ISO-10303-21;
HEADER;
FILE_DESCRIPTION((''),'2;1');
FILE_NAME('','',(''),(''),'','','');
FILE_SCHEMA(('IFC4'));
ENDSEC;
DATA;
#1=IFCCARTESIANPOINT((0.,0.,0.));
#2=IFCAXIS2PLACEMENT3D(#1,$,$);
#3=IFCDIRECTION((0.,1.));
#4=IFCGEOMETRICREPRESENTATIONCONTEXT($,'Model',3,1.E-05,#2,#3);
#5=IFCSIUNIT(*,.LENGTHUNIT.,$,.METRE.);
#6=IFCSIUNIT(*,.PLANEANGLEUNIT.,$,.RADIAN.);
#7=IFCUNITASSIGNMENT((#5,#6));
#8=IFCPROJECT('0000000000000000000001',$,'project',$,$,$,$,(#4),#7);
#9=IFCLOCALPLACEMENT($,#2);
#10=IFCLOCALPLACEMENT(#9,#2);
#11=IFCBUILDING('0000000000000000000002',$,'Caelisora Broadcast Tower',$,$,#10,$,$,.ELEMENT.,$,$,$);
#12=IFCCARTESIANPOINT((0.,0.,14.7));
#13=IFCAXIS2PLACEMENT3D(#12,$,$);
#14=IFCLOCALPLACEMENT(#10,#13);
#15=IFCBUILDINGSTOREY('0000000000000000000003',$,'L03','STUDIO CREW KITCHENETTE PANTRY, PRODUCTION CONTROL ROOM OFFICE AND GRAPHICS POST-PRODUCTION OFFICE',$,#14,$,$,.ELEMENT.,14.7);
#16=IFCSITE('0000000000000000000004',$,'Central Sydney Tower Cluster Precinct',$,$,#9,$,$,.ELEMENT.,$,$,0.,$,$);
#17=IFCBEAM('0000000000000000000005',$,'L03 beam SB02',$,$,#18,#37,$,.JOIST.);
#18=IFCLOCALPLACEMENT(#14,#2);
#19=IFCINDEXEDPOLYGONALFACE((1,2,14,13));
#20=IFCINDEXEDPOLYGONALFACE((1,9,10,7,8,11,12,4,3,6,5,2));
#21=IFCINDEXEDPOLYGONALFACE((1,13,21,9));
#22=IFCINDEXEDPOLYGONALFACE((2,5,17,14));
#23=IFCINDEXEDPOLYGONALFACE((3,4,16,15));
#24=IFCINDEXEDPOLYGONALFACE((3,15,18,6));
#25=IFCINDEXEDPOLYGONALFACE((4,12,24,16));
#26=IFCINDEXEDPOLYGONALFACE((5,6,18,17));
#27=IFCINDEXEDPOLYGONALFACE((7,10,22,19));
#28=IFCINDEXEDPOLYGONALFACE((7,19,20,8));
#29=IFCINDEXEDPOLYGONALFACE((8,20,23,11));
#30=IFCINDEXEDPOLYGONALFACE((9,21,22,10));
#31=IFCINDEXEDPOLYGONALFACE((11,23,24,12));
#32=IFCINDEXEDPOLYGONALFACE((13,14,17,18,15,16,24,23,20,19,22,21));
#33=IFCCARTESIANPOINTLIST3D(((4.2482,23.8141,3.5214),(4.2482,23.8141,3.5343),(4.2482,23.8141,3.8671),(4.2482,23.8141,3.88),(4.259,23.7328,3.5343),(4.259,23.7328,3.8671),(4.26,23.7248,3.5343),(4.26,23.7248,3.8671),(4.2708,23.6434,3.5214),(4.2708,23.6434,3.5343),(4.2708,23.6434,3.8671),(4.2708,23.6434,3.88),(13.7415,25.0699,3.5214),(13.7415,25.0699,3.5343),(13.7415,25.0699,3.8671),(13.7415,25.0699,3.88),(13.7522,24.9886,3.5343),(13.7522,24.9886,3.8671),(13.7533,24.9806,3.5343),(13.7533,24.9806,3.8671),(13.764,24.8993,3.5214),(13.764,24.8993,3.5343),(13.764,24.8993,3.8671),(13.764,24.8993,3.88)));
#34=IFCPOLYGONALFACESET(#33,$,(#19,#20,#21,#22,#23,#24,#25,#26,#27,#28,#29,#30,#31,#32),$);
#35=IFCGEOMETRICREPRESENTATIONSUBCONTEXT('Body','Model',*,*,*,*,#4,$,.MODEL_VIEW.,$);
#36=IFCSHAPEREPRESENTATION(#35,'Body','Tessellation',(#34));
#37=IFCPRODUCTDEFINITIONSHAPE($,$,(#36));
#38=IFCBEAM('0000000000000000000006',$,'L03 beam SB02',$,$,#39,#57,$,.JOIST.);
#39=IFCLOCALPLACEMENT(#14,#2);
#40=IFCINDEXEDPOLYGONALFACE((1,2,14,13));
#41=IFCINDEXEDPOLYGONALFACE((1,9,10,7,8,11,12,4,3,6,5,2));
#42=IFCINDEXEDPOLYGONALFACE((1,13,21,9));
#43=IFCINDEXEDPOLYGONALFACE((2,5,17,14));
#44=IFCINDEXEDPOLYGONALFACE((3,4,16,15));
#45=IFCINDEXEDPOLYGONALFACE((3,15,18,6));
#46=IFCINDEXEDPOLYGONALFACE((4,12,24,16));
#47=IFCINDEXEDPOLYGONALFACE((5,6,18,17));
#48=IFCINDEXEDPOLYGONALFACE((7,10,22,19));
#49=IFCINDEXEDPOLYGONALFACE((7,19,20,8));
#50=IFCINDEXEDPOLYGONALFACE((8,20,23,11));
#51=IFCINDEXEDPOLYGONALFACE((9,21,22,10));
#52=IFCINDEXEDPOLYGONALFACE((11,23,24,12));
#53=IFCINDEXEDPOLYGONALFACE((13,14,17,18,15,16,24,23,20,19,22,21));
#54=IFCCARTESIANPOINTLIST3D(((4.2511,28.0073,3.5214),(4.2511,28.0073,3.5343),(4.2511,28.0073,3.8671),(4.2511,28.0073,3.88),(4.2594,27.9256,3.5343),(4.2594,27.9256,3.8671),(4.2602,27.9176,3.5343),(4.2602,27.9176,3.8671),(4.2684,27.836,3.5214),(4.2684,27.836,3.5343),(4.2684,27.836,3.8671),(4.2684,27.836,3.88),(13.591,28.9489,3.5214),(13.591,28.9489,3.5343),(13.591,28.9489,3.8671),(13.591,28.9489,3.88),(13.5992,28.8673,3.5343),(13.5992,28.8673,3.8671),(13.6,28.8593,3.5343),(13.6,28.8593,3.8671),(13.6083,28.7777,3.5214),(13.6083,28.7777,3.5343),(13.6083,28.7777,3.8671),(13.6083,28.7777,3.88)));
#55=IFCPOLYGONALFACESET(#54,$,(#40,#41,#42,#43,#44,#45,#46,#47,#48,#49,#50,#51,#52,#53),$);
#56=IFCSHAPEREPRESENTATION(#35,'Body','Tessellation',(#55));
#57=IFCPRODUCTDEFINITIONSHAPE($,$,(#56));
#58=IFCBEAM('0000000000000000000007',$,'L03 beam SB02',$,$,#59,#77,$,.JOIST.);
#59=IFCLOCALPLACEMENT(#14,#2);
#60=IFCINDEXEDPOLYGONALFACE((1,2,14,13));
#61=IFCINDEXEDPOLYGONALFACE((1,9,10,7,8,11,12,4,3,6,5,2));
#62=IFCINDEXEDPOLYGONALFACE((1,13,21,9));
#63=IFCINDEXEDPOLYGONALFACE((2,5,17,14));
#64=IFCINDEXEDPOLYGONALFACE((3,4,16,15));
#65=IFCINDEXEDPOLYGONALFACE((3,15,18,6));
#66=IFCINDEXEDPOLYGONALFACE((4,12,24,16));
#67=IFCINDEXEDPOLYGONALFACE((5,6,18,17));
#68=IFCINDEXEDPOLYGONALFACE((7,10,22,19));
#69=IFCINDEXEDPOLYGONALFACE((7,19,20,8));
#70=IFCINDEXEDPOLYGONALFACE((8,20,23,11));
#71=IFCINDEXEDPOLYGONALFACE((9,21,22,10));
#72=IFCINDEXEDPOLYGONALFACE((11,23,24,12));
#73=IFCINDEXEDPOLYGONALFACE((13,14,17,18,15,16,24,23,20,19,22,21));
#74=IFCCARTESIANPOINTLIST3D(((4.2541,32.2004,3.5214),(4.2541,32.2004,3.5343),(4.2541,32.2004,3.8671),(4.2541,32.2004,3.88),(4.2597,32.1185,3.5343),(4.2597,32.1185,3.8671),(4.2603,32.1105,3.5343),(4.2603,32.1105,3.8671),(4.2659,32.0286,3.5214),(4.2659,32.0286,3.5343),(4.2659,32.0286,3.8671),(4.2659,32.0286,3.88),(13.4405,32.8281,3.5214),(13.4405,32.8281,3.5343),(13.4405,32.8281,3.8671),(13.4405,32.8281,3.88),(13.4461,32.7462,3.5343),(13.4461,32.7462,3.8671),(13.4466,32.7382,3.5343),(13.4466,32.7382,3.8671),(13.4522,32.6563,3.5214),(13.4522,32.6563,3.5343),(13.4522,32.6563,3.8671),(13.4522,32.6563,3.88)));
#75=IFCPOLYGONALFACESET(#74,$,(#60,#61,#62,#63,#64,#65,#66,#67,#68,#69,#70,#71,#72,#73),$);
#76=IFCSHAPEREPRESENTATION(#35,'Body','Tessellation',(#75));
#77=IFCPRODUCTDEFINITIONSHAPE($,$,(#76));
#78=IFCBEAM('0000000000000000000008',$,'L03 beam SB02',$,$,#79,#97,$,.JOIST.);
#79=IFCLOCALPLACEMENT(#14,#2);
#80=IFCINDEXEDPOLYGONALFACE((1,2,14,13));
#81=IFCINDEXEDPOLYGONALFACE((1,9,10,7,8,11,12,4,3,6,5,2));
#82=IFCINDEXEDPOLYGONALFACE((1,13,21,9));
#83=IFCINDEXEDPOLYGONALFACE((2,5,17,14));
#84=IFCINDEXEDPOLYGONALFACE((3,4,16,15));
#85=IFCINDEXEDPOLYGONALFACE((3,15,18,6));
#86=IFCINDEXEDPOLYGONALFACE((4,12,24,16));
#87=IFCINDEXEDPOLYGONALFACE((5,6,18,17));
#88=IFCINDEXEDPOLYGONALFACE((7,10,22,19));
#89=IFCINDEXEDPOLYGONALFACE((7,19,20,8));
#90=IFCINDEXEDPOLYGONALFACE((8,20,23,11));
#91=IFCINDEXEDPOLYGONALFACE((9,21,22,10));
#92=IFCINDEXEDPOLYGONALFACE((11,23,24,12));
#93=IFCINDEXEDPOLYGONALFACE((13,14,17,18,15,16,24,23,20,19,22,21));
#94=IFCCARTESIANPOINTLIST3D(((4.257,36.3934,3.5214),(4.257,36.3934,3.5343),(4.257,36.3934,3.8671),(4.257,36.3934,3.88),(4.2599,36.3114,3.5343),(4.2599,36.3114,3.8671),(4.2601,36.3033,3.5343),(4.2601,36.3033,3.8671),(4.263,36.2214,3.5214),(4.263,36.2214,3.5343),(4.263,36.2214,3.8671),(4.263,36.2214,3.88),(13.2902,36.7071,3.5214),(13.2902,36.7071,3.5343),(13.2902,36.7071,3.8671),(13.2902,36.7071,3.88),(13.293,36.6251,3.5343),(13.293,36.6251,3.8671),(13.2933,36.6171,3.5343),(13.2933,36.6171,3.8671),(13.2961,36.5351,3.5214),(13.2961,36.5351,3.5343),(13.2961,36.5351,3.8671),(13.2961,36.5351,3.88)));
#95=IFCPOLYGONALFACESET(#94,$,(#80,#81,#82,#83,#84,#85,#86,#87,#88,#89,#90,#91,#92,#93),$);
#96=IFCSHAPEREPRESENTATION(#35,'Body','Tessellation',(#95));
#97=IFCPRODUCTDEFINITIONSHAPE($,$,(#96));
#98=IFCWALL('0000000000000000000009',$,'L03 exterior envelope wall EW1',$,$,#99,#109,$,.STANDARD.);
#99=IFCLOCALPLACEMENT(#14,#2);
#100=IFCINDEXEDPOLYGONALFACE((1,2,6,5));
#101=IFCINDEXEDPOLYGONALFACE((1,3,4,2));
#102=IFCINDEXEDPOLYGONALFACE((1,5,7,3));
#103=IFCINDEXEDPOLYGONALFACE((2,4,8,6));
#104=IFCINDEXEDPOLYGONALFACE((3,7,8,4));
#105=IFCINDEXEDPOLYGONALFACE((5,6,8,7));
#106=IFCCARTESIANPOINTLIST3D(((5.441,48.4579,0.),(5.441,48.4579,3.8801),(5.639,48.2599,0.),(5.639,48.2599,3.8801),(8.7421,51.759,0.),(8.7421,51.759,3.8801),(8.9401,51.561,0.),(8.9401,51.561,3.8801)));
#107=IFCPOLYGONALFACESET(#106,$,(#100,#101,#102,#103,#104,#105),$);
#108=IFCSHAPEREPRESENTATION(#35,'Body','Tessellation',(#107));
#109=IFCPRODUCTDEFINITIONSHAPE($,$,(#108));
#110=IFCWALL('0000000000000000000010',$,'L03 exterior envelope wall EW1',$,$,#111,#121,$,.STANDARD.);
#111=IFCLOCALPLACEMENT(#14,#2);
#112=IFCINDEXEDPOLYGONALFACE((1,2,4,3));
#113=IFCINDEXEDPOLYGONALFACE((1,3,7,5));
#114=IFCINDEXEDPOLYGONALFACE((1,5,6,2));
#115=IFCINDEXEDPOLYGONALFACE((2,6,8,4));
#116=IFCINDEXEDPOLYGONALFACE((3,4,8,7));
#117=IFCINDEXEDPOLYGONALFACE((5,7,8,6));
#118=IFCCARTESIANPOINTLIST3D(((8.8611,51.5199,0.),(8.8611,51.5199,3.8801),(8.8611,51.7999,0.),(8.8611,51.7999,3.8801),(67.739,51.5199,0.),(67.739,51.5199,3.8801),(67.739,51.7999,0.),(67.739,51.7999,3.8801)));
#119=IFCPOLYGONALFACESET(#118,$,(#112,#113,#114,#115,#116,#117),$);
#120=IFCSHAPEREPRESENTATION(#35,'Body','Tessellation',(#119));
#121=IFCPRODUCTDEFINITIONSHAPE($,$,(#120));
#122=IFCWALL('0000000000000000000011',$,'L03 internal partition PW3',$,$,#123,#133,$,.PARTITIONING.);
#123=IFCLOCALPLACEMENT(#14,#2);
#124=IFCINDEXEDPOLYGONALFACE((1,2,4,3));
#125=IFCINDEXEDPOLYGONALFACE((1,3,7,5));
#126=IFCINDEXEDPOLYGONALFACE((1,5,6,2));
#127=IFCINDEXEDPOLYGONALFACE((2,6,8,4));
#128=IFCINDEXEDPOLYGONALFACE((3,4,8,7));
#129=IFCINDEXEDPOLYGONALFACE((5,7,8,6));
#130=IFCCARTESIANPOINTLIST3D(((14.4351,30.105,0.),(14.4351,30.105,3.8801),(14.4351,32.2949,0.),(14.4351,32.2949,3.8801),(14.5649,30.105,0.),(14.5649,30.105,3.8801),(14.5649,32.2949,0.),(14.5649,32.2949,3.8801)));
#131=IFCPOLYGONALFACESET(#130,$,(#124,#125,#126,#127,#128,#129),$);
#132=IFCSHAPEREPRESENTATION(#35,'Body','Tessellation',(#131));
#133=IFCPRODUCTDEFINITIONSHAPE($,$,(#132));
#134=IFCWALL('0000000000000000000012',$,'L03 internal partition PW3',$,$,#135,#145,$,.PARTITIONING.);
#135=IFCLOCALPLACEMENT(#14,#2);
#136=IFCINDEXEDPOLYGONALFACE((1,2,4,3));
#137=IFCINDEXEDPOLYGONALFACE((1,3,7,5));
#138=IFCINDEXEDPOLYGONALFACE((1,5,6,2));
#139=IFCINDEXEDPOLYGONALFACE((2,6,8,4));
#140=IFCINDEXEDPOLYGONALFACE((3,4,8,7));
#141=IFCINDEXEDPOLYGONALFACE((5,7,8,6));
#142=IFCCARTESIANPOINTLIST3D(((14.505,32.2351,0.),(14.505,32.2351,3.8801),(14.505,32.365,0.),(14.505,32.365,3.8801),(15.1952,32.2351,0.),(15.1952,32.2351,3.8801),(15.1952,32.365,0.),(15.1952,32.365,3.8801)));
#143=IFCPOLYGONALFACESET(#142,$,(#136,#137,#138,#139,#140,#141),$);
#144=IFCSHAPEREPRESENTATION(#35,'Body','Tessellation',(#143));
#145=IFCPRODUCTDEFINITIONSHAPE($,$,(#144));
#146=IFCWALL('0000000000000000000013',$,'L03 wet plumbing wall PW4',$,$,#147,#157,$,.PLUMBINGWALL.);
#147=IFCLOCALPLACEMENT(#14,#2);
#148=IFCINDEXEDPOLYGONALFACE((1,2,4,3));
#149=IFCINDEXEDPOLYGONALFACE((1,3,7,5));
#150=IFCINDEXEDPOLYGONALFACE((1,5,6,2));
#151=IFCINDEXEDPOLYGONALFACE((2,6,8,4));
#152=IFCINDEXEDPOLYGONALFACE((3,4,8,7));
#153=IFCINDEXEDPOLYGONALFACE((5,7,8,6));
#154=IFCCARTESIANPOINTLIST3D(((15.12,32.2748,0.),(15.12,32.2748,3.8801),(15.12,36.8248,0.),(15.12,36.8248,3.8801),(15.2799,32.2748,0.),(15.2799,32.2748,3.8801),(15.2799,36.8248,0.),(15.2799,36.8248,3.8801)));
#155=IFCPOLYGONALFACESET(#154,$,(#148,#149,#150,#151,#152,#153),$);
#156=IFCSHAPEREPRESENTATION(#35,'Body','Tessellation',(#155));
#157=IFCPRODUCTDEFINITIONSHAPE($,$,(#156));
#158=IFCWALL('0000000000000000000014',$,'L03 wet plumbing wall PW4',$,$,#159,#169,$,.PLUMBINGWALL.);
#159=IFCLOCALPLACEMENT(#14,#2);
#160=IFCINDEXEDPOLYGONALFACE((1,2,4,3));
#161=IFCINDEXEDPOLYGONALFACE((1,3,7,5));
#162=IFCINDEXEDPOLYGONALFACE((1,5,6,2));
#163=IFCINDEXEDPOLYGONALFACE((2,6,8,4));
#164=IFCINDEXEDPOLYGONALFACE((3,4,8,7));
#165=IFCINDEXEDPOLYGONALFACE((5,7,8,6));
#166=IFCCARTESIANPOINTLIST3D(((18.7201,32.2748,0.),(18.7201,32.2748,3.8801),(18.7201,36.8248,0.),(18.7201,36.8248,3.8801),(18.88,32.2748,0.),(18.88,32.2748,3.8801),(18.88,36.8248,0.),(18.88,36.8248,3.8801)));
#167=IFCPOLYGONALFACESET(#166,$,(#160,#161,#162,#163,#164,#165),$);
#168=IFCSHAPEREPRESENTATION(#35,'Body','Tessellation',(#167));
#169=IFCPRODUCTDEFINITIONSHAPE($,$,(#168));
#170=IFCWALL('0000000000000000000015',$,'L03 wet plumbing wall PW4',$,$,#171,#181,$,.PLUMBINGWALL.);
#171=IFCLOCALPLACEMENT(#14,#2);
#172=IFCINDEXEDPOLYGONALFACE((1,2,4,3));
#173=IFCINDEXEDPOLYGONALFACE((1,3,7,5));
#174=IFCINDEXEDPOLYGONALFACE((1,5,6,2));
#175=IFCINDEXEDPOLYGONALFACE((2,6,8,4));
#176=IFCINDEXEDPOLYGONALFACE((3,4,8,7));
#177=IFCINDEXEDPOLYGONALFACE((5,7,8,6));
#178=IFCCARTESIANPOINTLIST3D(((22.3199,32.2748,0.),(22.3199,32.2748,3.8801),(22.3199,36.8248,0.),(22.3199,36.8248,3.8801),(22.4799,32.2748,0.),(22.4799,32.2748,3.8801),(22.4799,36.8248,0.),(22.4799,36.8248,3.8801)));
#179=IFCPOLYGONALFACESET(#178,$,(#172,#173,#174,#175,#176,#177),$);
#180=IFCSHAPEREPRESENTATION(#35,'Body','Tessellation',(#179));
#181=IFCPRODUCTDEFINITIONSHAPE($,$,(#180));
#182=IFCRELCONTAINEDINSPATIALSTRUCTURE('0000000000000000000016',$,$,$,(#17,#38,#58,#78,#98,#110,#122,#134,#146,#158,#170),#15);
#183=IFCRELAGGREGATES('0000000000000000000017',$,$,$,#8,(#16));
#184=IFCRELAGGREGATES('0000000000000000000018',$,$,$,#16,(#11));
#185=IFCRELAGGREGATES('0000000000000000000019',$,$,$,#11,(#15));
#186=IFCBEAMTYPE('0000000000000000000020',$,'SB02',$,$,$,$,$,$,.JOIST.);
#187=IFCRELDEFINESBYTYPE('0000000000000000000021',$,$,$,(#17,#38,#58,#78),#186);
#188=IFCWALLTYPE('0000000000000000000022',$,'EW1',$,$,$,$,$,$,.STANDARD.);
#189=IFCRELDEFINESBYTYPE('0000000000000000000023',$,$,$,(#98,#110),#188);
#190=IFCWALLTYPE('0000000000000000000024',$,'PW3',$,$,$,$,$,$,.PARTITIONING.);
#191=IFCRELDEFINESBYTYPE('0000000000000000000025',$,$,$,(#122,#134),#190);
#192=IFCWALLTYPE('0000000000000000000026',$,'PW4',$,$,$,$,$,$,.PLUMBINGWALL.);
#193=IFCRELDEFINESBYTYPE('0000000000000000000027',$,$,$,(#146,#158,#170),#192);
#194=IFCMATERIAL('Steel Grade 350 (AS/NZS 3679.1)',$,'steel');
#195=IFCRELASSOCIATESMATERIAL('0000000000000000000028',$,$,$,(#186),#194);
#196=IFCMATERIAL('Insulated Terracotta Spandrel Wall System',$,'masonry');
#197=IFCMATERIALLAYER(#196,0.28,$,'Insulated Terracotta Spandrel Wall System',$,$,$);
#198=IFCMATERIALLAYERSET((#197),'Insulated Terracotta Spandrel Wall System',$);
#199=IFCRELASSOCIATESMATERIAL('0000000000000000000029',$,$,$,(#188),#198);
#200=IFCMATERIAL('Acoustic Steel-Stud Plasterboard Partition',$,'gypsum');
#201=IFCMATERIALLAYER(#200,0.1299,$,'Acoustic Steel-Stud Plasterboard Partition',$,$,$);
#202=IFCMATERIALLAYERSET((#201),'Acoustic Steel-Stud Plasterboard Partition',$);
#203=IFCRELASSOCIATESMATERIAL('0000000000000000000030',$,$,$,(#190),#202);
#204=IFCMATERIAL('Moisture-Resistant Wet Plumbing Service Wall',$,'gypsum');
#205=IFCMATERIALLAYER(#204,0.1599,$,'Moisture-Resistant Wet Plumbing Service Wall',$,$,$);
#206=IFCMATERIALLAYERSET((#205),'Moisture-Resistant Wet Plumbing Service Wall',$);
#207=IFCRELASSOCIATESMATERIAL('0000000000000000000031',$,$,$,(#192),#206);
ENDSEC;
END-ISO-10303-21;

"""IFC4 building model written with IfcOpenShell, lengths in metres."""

from ifc_helpers import new_model, si_unit, direction, frame, frame_2d, origin, origin_2d, place, context, subcontext, project, spatial, rectangle, i_section, extrude, source, transform, mapped, material, layer, layer_set, material_profile, profile_set, type_object, type_shapes, element, save


model = new_model("IFC4")

# Units and contexts
model_context = context("Model", 3, precision=1e-05, world=origin(), true_north=direction((0.0, 1.0)))
body_context = subcontext(model_context, "Body", "Model", "MODEL_VIEW")
ifc_project = project(units=[si_unit("LENGTHUNIT", "METRE"), si_unit("PLANEANGLEUNIT", "RADIAN")], contexts=[model_context])

# Site, building, storey
site_placement = place(None, origin())
site = spatial("IfcSite", under=ifc_project, at=site_placement, Name="Central Sydney Tower Cluster Precinct", CompositionType="ELEMENT", RefElevation=0.0)
building_placement = place(site_placement, origin())
building = spatial("IfcBuilding", under=site, at=building_placement, Name="Caelisora Broadcast Tower", CompositionType="ELEMENT")
storey_placement = place(building_placement, frame((0.0, 0.0, 14.7)))
storey = spatial("IfcBuildingStorey", under=building, at=storey_placement, Name="L03", Description="STUDIO CREW KITCHENETTE PANTRY, PRODUCTION CONTROL ROOM OFFICE AND GRAPHICS POST-PRODUCTION OFFICE", CompositionType="ELEMENT", Elevation=14.7)

# Beams
ifc_material_1 = material(Name="Steel Grade 350 (AS/NZS 3679.1)", Category="steel")
ifc_material_profile_1 = material_profile(ifc_material_1, i_section(OverallWidth=0.1721, OverallDepth=0.3586, WebThickness=0.0081, FlangeThickness=0.0129, at=origin_2d()), Name="Steel Grade 350 (AS/NZS 3679.1)")
ifc_profile_set_1 = profile_set([ifc_material_profile_1], Name="Steel Grade 350 (AS/NZS 3679.1)")
beam_type_1 = type_object("IfcBeamType", Name="SB02", PredefinedType="JOIST", material=ifc_profile_set_1)
shared_shape_1 = source(origin(), body_context, "Body", "SweptSolid", [
    extrude(i_section(OverallWidth=0.1721, OverallDepth=0.3586, WebThickness=0.0081, FlangeThickness=0.0129, at=origin_2d()), origin(), (0.0, 0.0, 1.0), 9.5759),
])
beam_1_placement = place(storey_placement, frame((4.2595, 23.7288, 3.7007), z_axis=(0.991363, 0.131148, 0.0), x_axis=(-0.131148, 0.991363, 0.0)))
element("IfcBeam", 1, at=beam_1_placement, inside=storey, type_object=beam_type_1, Name="L03 beam SB02", PredefinedType="JOIST", context=body_context, shape_type="MappedRepresentation", body=[
    mapped(shared_shape_1, transform((0.0, 0.0, 0.0), scale=1.0)),
])
shared_shape_2 = source(origin(), body_context, "Body", "SweptSolid", [
    extrude(i_section(OverallWidth=0.1721, OverallDepth=0.3586, WebThickness=0.0081, FlangeThickness=0.0129, at=origin_2d()), origin(), (0.0, 0.0, 1.0), 9.3872),
])
beam_2_placement = place(storey_placement, frame((4.2598, 27.9216, 3.7007), z_axis=(0.994956, 0.100312, 0.0), x_axis=(-0.100312, 0.994956, 0.0)))
element("IfcBeam", 2, at=beam_2_placement, inside=storey, type_object=beam_type_1, Name="L03 beam SB02", PredefinedType="JOIST", context=body_context, shape_type="MappedRepresentation", body=[
    mapped(shared_shape_2, transform((0.0, 0.0, 0.0), scale=1.0)),
])
shared_shape_3 = source(origin(), body_context, "Body", "SweptSolid", [
    extrude(i_section(OverallWidth=0.1721, OverallDepth=0.3586, WebThickness=0.0081, FlangeThickness=0.0129, at=origin_2d()), origin(), (0.0, 0.0, 1.0), 9.2078),
])
beam_3_placement = place(storey_placement, frame((4.26, 32.1145, 3.7007), z_axis=(0.997674, 0.06817, 0.0), x_axis=(-0.06817, 0.997674, 0.0)))
element("IfcBeam", 3, at=beam_3_placement, inside=storey, type_object=beam_type_1, Name="L03 beam SB02", PredefinedType="JOIST", context=body_context, shape_type="MappedRepresentation", body=[
    mapped(shared_shape_3, transform((0.0, 0.0, 0.0), scale=1.0)),
])
shared_shape_4 = source(origin(), body_context, "Body", "SweptSolid", [
    extrude(i_section(OverallWidth=0.1721, OverallDepth=0.3586, WebThickness=0.0081, FlangeThickness=0.0129, at=origin_2d()), origin(), (0.0, 0.0, 1.0), 9.0386),
])
type_shapes(beam_type_1, [shared_shape_1, shared_shape_2, shared_shape_3, shared_shape_4])
beam_4_placement = place(storey_placement, frame((4.26, 36.3074, 3.7007), z_axis=(0.999397, 0.034709, 0.0), x_axis=(-0.034709, 0.999397, 0.0)))
element("IfcBeam", 4, at=beam_4_placement, inside=storey, type_object=beam_type_1, Name="L03 beam SB02", PredefinedType="JOIST", context=body_context, shape_type="MappedRepresentation", body=[
    mapped(shared_shape_4, transform((0.0, 0.0, 0.0), scale=1.0)),
])

# Walls
ifc_material_2 = material(Name="Insulated Terracotta Spandrel Wall System", Category="masonry")
ifc_layer_1 = layer(ifc_material_2, 0.28, Name="Insulated Terracotta Spandrel Wall System")
ifc_layer_set_1 = layer_set([ifc_layer_1], Name="Insulated Terracotta Spandrel Wall System")
wall_type_1 = type_object("IfcWallType", Name="EW1", PredefinedType="STANDARD", material=ifc_layer_set_1)
wall_1_placement = place(storey_placement, frame((5.54, 48.3589, 0.0), z_axis=(0.0, 0.0, 1.0), x_axis=(0.707107, 0.707107, 0.0)))
element("IfcWall", 5, at=wall_1_placement, inside=storey, type_object=wall_type_1, Name="L03 exterior envelope wall EW1", PredefinedType="STANDARD", context=body_context, shape_type="SweptSolid", body=[
    extrude(rectangle(XDim=4.6685, YDim=0.28, at=frame_2d((2.3342, 0.0))), origin(), (0.0, 0.0, 1.0), 3.8801),
])
wall_2_placement = place(storey_placement, frame((8.8611, 51.6599, 0.0), z_axis=(0.0, 0.0, 1.0), x_axis=(1.0, 0.0, 0.0)))
element("IfcWall", 6, at=wall_2_placement, inside=storey, type_object=wall_type_1, Name="L03 exterior envelope wall EW1", PredefinedType="STANDARD", context=body_context, shape_type="SweptSolid", body=[
    extrude(rectangle(XDim=58.8779, YDim=0.28, at=frame_2d((29.439, 0.0))), origin(), (0.0, 0.0, 1.0), 3.8801),
])
ifc_material_3 = material(Name="Acoustic Steel-Stud Plasterboard Partition", Category="gypsum")
ifc_layer_2 = layer(ifc_material_3, 0.1299, Name="Acoustic Steel-Stud Plasterboard Partition")
ifc_layer_set_2 = layer_set([ifc_layer_2], Name="Acoustic Steel-Stud Plasterboard Partition")
wall_type_2 = type_object("IfcWallType", Name="PW3", PredefinedType="PARTITIONING", material=ifc_layer_set_2)
wall_3_placement = place(storey_placement, frame((14.5, 30.105, 0.0), z_axis=(0.0, 0.0, 1.0), x_axis=(0.0, 1.0, 0.0)))
element("IfcWall", 7, at=wall_3_placement, inside=storey, type_object=wall_type_2, Name="L03 internal partition PW3", PredefinedType="PARTITIONING", context=body_context, shape_type="SweptSolid", body=[
    extrude(rectangle(XDim=2.1899, YDim=0.1299, at=frame_2d((1.095, 0.0))), origin(), (0.0, 0.0, 1.0), 3.8801),
])
wall_4_placement = place(storey_placement, frame((14.5049, 32.3, 0.0), z_axis=(0.0, 0.0, 1.0), x_axis=(1.0, 0.0, 0.0)))
element("IfcWall", 8, at=wall_4_placement, inside=storey, type_object=wall_type_2, Name="L03 internal partition PW3", PredefinedType="PARTITIONING", context=body_context, shape_type="SweptSolid", body=[
    extrude(rectangle(XDim=0.6902, YDim=0.1299, at=frame_2d((0.3452, 0.0))), origin(), (0.0, 0.0, 1.0), 3.8801),
])
ifc_material_4 = material(Name="Moisture-Resistant Wet Plumbing Service Wall", Category="gypsum")
ifc_layer_3 = layer(ifc_material_4, 0.1599, Name="Moisture-Resistant Wet Plumbing Service Wall")
ifc_layer_set_3 = layer_set([ifc_layer_3], Name="Moisture-Resistant Wet Plumbing Service Wall")
wall_type_3 = type_object("IfcWallType", Name="PW4", PredefinedType="PLUMBINGWALL", material=ifc_layer_set_3)
for number, where, z_axis, x_axis, name in (
    (9, (15.2, 32.2749, 0.0), (0.0, 0.0, 1.0), (0.0, 1.0, 0.0), "L03 wet plumbing wall PW4"),
    (10, (18.8, 32.2749, 0.0), (0.0, 0.0, 1.0), (0.0, 1.0, 0.0), "L03 wet plumbing wall PW4"),
    (11, (22.3999, 32.2749, 0.0), (0.0, 0.0, 1.0), (0.0, 1.0, 0.0), "L03 wet plumbing wall PW4"),
):
    element("IfcWall", number, at=place(storey_placement, frame(where, z_axis=z_axis, x_axis=x_axis)), inside=storey, type_object=wall_type_3, Name=name, PredefinedType="PLUMBINGWALL", context=body_context, shape_type="SweptSolid", body=[
        extrude(rectangle(XDim=4.55, YDim=0.1599, at=frame_2d((2.2749, 0.0))), origin(), (0.0, 0.0, 1.0), 3.8801),
    ])

save(model, "model.ifc")
